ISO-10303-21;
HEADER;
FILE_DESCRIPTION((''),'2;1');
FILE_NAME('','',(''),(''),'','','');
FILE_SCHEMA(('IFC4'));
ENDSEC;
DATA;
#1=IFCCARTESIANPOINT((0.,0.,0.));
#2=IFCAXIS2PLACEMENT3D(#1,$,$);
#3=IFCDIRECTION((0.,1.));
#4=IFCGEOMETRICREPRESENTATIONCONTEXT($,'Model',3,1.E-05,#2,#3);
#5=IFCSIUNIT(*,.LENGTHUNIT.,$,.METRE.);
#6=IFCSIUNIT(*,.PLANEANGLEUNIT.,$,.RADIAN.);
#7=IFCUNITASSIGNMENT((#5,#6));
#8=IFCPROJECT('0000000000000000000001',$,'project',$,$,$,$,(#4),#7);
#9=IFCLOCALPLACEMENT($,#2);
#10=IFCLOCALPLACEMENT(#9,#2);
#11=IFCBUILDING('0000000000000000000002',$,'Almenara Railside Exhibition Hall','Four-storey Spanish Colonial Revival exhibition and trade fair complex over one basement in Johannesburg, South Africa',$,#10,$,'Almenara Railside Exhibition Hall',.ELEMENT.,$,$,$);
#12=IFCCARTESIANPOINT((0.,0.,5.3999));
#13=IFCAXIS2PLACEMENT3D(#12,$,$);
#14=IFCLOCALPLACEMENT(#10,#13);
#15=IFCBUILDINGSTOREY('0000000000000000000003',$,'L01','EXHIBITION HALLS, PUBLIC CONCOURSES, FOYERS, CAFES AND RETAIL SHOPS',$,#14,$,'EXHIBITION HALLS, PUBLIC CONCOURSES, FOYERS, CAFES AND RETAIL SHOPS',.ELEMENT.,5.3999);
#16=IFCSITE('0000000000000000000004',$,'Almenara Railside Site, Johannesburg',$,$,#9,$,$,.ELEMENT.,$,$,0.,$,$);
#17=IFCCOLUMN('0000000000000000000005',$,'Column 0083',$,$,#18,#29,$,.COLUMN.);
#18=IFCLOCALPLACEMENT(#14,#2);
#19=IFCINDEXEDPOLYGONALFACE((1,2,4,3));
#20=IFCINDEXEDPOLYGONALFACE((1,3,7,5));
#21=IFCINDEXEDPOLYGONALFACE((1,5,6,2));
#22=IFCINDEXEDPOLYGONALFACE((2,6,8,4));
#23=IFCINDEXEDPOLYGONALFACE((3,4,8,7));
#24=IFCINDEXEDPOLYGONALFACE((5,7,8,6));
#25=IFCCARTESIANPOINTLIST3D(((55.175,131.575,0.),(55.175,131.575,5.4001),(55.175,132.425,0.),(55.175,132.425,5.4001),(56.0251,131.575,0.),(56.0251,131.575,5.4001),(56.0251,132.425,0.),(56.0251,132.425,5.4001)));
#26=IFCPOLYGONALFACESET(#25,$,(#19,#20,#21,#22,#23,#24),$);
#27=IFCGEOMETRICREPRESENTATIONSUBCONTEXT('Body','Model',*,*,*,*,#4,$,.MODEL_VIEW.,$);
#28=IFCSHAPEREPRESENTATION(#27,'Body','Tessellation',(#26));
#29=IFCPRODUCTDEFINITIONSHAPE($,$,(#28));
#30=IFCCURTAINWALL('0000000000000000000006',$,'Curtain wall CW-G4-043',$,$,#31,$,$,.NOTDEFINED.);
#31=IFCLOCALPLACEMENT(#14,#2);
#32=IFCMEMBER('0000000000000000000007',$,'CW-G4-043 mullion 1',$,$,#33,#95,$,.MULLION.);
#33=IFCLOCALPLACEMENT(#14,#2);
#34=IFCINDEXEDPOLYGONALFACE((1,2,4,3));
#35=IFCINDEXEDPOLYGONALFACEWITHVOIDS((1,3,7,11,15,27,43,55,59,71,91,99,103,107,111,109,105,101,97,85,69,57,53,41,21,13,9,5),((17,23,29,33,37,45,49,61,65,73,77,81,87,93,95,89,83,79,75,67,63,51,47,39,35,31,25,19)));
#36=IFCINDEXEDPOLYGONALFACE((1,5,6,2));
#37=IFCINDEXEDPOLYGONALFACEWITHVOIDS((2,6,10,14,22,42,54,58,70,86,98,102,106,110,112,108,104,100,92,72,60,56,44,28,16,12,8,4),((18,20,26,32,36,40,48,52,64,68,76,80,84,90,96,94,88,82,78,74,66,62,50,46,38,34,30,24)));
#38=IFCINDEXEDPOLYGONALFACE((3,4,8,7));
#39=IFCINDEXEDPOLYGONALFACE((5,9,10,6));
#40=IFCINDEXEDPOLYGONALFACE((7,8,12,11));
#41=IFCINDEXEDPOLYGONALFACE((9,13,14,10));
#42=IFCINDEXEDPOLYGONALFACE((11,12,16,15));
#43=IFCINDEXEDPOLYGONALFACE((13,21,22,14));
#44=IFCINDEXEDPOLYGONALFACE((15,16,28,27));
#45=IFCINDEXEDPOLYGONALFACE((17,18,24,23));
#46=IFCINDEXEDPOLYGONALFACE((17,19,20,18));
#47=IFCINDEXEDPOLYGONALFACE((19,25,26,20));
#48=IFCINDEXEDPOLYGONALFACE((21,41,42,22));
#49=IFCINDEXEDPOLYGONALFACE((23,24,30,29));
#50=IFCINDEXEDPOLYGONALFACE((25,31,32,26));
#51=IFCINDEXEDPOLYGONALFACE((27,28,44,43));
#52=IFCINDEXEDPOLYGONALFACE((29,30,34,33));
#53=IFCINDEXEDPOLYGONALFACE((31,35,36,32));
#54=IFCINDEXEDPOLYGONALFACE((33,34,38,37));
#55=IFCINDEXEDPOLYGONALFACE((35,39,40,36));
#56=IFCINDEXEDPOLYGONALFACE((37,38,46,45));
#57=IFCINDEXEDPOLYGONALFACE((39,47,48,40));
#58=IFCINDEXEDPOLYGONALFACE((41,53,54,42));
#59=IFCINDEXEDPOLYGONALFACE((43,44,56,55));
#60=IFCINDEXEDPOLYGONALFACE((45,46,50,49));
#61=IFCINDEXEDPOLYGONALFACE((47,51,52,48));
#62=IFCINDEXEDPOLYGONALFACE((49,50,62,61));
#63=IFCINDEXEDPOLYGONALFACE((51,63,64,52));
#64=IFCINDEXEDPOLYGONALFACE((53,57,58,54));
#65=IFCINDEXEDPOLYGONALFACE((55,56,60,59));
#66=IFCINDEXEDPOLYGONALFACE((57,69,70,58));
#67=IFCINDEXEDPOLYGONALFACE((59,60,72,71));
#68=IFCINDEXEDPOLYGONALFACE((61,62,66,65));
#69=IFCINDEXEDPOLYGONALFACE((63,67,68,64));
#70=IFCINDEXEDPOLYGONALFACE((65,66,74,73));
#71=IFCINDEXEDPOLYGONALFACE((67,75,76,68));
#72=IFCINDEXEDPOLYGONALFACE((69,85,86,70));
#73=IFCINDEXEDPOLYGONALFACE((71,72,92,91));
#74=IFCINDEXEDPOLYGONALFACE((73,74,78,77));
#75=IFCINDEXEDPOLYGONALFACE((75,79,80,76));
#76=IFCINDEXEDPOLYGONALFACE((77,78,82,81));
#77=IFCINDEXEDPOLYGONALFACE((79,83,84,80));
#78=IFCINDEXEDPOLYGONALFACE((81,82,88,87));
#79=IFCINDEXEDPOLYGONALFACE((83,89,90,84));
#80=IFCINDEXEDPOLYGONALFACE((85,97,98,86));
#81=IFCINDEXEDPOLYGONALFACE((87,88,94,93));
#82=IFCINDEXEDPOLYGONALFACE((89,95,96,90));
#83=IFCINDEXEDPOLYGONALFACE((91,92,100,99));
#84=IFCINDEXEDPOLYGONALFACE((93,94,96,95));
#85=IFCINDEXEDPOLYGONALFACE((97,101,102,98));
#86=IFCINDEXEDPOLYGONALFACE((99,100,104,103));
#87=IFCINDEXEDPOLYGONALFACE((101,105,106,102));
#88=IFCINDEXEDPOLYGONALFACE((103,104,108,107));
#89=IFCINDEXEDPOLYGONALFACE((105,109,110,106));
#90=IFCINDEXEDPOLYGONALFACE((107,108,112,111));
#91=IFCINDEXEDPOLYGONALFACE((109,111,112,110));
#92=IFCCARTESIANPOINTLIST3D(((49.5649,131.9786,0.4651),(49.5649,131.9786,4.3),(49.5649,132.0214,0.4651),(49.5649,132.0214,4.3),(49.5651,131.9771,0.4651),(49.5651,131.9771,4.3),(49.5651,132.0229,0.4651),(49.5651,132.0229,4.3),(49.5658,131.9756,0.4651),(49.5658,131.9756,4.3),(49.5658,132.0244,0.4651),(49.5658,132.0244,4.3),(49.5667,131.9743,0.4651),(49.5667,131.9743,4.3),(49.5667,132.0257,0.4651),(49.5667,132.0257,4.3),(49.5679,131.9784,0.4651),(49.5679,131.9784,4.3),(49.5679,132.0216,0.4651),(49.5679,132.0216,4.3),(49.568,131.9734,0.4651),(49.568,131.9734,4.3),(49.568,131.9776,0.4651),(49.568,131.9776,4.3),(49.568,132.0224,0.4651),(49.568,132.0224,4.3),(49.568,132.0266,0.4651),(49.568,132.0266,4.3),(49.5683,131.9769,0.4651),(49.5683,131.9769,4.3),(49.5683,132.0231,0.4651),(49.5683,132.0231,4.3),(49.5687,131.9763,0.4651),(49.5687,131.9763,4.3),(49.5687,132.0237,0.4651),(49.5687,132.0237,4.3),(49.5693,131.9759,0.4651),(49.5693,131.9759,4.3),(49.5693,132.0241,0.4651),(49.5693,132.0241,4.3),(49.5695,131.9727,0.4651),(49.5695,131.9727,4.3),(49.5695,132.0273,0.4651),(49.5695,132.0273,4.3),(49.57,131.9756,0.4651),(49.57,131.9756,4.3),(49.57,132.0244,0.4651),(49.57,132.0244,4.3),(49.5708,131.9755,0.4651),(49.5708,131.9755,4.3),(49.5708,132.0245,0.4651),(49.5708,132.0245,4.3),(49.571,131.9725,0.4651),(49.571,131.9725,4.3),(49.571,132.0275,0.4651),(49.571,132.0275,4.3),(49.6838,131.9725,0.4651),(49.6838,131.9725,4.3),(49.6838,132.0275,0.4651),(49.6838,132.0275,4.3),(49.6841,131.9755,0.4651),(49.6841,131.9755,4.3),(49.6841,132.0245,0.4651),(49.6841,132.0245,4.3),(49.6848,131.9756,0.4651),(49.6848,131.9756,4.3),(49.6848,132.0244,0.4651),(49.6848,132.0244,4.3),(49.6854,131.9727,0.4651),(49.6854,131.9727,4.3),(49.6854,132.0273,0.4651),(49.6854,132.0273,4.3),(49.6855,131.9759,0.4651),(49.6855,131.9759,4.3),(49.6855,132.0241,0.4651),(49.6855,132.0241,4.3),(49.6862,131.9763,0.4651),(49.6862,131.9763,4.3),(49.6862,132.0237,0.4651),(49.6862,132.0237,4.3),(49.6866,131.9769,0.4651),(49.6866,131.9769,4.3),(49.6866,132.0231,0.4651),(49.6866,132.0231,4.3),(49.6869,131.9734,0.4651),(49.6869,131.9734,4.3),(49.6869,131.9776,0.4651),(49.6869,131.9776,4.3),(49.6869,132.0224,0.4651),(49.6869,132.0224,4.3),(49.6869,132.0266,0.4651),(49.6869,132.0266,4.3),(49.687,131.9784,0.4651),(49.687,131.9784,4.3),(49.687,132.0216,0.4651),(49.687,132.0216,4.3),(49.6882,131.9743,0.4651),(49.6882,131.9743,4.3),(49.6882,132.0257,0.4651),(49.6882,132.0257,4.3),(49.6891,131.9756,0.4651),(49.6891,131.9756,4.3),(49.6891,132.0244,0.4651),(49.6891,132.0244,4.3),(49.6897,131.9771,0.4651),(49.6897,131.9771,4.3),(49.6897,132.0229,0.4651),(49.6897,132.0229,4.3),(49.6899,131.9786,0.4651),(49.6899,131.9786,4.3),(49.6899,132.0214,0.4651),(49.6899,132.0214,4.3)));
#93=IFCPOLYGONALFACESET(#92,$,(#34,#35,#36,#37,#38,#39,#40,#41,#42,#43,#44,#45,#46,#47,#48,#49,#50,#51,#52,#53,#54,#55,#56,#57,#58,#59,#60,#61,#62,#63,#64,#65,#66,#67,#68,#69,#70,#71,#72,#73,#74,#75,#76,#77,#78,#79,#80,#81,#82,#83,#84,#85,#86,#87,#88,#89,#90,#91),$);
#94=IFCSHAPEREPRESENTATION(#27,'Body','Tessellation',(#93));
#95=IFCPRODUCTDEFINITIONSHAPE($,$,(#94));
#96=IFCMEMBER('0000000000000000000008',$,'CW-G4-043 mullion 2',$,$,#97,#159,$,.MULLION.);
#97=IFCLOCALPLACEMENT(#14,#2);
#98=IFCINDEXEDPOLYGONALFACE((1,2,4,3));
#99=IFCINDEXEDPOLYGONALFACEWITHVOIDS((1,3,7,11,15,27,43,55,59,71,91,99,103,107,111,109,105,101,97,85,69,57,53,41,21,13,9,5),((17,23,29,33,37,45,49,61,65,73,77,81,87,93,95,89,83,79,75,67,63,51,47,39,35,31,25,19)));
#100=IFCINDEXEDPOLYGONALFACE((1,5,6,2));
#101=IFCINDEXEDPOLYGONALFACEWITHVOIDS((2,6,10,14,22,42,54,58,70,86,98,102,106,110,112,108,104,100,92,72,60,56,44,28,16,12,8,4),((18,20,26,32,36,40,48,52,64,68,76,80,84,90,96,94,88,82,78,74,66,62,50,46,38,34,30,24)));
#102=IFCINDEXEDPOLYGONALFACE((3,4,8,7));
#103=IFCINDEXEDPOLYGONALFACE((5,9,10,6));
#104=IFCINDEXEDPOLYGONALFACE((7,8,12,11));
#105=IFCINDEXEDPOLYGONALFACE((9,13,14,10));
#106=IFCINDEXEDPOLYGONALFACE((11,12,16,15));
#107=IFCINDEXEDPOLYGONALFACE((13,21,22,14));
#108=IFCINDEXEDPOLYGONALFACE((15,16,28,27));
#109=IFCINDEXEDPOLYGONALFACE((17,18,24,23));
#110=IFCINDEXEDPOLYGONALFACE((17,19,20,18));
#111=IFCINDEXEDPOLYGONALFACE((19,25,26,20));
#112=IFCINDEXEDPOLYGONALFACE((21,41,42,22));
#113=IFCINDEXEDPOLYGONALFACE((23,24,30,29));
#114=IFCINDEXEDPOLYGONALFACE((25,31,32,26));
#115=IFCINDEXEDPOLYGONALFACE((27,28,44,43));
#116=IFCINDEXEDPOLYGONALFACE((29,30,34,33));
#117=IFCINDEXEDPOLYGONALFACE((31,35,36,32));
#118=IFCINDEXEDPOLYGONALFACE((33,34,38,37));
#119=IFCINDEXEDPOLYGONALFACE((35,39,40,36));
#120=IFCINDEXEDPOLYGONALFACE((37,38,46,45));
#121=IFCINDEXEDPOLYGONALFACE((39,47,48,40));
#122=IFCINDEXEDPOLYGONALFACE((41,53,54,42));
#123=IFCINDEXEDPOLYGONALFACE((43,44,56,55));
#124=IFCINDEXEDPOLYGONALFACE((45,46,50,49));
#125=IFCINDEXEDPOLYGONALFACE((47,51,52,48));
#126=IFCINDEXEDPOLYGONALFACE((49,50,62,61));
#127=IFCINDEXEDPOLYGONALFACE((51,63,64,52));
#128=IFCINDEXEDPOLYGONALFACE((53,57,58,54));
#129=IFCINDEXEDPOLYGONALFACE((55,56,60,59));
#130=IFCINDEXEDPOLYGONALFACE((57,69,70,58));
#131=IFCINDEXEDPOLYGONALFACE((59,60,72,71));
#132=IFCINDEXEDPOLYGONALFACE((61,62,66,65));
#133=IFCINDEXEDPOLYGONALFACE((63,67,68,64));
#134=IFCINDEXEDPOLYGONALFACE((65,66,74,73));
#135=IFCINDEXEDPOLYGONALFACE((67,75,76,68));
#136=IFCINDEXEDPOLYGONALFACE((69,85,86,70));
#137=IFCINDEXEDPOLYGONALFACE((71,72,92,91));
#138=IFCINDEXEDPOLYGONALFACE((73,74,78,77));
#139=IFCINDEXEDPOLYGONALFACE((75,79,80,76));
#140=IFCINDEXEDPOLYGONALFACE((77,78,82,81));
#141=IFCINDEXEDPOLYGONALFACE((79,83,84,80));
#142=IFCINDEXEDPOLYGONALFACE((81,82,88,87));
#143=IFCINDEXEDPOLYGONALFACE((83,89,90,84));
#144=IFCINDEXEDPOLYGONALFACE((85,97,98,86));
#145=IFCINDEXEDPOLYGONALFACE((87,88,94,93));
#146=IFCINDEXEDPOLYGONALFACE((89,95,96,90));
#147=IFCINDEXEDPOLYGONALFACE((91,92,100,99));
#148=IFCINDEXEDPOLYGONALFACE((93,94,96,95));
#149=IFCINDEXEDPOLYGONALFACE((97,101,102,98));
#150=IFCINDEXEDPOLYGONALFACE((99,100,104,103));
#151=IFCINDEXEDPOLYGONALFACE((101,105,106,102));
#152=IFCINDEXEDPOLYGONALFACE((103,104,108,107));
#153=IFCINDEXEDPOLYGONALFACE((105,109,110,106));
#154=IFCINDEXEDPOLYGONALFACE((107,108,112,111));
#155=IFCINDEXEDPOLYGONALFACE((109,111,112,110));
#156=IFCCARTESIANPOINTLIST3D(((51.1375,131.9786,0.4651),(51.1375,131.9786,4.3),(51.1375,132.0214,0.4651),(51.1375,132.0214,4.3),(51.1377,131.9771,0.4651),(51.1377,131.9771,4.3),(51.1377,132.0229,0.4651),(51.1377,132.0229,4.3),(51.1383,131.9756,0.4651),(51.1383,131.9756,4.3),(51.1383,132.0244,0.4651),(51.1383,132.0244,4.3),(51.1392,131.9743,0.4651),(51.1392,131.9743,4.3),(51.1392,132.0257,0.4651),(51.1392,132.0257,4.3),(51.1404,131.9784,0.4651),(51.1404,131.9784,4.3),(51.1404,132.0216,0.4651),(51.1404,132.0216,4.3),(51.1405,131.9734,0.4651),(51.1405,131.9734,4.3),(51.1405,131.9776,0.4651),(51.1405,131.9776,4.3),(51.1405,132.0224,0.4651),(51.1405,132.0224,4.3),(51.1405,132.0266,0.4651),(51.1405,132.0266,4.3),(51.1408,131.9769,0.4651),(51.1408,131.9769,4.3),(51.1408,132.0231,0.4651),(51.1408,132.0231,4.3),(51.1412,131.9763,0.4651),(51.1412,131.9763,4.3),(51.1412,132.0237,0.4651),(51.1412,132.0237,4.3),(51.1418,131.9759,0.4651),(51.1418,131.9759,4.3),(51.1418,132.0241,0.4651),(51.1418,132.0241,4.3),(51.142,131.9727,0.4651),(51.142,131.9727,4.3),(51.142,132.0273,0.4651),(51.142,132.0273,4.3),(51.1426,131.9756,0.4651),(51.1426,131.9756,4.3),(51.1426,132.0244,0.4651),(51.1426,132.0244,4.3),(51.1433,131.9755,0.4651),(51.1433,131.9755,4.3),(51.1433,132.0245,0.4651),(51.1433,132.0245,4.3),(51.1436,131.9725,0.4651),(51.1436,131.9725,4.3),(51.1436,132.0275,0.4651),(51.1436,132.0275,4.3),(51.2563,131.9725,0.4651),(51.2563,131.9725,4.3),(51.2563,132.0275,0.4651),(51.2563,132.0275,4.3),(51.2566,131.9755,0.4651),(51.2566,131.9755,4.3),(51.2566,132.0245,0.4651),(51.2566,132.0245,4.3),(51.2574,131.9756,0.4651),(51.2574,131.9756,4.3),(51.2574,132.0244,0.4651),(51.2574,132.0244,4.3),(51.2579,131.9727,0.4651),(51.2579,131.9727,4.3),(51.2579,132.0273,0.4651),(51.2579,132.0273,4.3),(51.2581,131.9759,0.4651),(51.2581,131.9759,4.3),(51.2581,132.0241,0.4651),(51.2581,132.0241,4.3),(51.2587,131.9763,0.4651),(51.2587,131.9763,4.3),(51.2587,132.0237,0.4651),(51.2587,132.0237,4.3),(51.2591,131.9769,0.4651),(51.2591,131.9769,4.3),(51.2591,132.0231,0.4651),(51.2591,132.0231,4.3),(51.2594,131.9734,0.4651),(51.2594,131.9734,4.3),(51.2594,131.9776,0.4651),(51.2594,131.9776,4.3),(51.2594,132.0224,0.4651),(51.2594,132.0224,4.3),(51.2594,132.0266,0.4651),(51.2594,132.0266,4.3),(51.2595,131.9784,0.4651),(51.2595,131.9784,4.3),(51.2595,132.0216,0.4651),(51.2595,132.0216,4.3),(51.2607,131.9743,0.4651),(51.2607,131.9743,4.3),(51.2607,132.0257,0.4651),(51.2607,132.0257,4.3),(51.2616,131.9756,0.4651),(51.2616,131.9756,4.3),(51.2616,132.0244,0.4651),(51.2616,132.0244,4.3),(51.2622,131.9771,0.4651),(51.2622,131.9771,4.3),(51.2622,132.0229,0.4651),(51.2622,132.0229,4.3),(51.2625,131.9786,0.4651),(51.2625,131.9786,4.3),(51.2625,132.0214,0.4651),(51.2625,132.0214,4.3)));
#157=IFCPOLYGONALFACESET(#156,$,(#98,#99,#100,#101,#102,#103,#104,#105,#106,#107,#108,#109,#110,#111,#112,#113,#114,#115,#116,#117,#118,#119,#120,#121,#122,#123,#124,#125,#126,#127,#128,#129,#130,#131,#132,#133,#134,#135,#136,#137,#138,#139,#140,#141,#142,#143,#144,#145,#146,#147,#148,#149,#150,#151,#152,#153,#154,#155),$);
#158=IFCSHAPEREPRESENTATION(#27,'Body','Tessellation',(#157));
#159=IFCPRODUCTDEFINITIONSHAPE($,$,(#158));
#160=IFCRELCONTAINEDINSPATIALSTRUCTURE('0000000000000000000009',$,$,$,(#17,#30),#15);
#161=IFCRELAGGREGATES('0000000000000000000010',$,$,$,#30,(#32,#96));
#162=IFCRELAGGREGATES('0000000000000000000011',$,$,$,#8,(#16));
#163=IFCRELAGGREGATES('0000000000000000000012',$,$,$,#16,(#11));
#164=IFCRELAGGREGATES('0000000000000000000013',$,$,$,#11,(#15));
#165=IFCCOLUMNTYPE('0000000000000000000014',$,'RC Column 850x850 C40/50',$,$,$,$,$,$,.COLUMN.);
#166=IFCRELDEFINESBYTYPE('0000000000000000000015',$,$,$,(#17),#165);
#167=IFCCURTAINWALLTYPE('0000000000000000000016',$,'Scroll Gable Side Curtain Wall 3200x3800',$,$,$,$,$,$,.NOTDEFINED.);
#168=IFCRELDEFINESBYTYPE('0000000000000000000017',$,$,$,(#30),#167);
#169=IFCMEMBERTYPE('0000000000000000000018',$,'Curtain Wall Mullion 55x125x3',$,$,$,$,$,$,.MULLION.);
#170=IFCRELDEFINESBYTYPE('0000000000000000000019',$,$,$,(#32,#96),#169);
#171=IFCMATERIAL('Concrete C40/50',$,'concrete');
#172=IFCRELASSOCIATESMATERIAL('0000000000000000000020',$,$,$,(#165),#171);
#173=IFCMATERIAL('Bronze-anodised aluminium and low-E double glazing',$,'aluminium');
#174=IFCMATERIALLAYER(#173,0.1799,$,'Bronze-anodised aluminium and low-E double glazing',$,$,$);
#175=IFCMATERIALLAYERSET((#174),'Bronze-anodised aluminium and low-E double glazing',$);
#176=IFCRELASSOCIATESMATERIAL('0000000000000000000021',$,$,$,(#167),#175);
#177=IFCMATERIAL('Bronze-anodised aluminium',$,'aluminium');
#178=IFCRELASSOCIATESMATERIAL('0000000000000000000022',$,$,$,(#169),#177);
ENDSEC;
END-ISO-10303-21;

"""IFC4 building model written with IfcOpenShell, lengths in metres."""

from ifc_helpers import new_model, si_unit, direction, frame, origin, origin_2d, place, context, subcontext, project, spatial, rectangle, hollow_rectangle, extrude, material, layer, layer_set, material_profile, profile_set, type_object, element, aggregate, save


model = new_model("IFC4")

# Units and contexts
model_context = context("Model", 3, precision=1e-05, world=origin(), true_north=direction((0.0, 1.0)))
body_context = subcontext(model_context, "Body", "Model", "MODEL_VIEW")
ifc_project = project(units=[si_unit("LENGTHUNIT", "METRE"), si_unit("PLANEANGLEUNIT", "RADIAN")], contexts=[model_context])

# Site, building, storey
site_placement = place(None, origin())
site = spatial("IfcSite", under=ifc_project, at=site_placement, Name="Almenara Railside Site, Johannesburg", CompositionType="ELEMENT", RefElevation=0.0)
building_placement = place(site_placement, origin())
building = spatial("IfcBuilding", under=site, at=building_placement, Name="Almenara Railside Exhibition Hall", Description="Four-storey Spanish Colonial Revival exhibition and trade fair complex over one basement in Johannesburg, South Africa", LongName="Almenara Railside Exhibition Hall", CompositionType="ELEMENT")
storey_placement = place(building_placement, frame((0.0, 0.0, 5.3999)))
storey = spatial("IfcBuildingStorey", under=building, at=storey_placement, Name="L01", Description="EXHIBITION HALLS, PUBLIC CONCOURSES, FOYERS, CAFES AND RETAIL SHOPS", LongName="EXHIBITION HALLS, PUBLIC CONCOURSES, FOYERS, CAFES AND RETAIL SHOPS", CompositionType="ELEMENT", Elevation=5.3999)

# Column
ifc_material_1 = material(Name="Concrete C40/50", Category="concrete")
ifc_material_profile_1 = material_profile(ifc_material_1, rectangle(XDim=0.8501, YDim=0.8501, at=origin_2d()), Name="RC 850x850")
ifc_profile_set_1 = profile_set([ifc_material_profile_1], Name="Concrete C40/50")
column_type = type_object("IfcColumnType", Name="RC Column 850x850 C40/50", PredefinedType="COLUMN", material=ifc_profile_set_1)
column_placement = place(storey_placement, frame((55.6001, 132.0, 0.0), z_axis=(0.0, 0.0, 1.0), x_axis=(1.0, 0.0, 0.0)))
element("IfcColumn", 1, at=column_placement, inside=storey, type_object=column_type, Name="Column 0083", PredefinedType="COLUMN", context=body_context, shape_type="SweptSolid", body=[
    extrude(rectangle(XDim=0.8501, YDim=0.8501, at=origin_2d()), origin(), (0.0, 0.0, 1.0), 5.4001),
])

# Curtain wall, members
ifc_material_2 = material(Name="Bronze-anodised aluminium and low-E double glazing", Category="aluminium")
ifc_layer_1 = layer(ifc_material_2, 0.1799, Name="Bronze-anodised aluminium and low-E double glazing")
ifc_layer_set_1 = layer_set([ifc_layer_1], Name="Bronze-anodised aluminium and low-E double glazing")
curtain_wall_type_1 = type_object("IfcCurtainWallType", Name="Scroll Gable Side Curtain Wall 3200x3800", PredefinedType="NOTDEFINED", material=ifc_layer_set_1)
curtain_wall_1_placement = place(storey_placement, origin())
curtain_wall_1 = element("IfcCurtainWall", 2, at=curtain_wall_1_placement, inside=storey, type_object=curtain_wall_type_1, Name="Curtain wall CW-G4-043", PredefinedType="NOTDEFINED")
ifc_material_3 = material(Name="Bronze-anodised aluminium", Category="aluminium")
ifc_material_profile_2 = material_profile(ifc_material_3, hollow_rectangle(XDim=0.0549, YDim=0.125, WallThickness=0.0029, InnerFilletRadius=0.0029, OuterFilletRadius=0.0061, at=origin_2d()), Name="ALU-MUL 55x125x3")
ifc_profile_set_2 = profile_set([ifc_material_profile_2], Name="Bronze-anodised aluminium")
member_type_1 = type_object("IfcMemberType", Name="Curtain Wall Mullion 55x125x3", PredefinedType="MULLION", material=ifc_profile_set_2)
member_1_placement = place(storey_placement, frame((49.6274, 132.0, 0.4651), z_axis=(0.0, 0.0, 1.0), x_axis=(0.0, 1.0, 0.0)))
member_1 = element("IfcMember", 3, at=member_1_placement, type_object=member_type_1, Name="CW-G4-043 mullion 1", PredefinedType="MULLION", context=body_context, shape_type="SweptSolid", body=[
    extrude(hollow_rectangle(XDim=0.0549, YDim=0.125, WallThickness=0.0029, InnerFilletRadius=0.0029, OuterFilletRadius=0.0061, at=origin_2d()), origin(), (0.0, 0.0, 1.0), 3.835),
])
member_2_placement = place(storey_placement, frame((51.2, 132.0, 0.4651), z_axis=(0.0, 0.0, 1.0), x_axis=(0.0, 1.0, 0.0)))
member_2 = element("IfcMember", 4, at=member_2_placement, type_object=member_type_1, Name="CW-G4-043 mullion 2", PredefinedType="MULLION", context=body_context, shape_type="SweptSolid", body=[
    extrude(hollow_rectangle(XDim=0.0549, YDim=0.125, WallThickness=0.0029, InnerFilletRadius=0.0029, OuterFilletRadius=0.0061, at=origin_2d()), origin(), (0.0, 0.0, 1.0), 3.835),
])

aggregate(curtain_wall_1, [member_1, member_2])

save(model, "model.ifc")
